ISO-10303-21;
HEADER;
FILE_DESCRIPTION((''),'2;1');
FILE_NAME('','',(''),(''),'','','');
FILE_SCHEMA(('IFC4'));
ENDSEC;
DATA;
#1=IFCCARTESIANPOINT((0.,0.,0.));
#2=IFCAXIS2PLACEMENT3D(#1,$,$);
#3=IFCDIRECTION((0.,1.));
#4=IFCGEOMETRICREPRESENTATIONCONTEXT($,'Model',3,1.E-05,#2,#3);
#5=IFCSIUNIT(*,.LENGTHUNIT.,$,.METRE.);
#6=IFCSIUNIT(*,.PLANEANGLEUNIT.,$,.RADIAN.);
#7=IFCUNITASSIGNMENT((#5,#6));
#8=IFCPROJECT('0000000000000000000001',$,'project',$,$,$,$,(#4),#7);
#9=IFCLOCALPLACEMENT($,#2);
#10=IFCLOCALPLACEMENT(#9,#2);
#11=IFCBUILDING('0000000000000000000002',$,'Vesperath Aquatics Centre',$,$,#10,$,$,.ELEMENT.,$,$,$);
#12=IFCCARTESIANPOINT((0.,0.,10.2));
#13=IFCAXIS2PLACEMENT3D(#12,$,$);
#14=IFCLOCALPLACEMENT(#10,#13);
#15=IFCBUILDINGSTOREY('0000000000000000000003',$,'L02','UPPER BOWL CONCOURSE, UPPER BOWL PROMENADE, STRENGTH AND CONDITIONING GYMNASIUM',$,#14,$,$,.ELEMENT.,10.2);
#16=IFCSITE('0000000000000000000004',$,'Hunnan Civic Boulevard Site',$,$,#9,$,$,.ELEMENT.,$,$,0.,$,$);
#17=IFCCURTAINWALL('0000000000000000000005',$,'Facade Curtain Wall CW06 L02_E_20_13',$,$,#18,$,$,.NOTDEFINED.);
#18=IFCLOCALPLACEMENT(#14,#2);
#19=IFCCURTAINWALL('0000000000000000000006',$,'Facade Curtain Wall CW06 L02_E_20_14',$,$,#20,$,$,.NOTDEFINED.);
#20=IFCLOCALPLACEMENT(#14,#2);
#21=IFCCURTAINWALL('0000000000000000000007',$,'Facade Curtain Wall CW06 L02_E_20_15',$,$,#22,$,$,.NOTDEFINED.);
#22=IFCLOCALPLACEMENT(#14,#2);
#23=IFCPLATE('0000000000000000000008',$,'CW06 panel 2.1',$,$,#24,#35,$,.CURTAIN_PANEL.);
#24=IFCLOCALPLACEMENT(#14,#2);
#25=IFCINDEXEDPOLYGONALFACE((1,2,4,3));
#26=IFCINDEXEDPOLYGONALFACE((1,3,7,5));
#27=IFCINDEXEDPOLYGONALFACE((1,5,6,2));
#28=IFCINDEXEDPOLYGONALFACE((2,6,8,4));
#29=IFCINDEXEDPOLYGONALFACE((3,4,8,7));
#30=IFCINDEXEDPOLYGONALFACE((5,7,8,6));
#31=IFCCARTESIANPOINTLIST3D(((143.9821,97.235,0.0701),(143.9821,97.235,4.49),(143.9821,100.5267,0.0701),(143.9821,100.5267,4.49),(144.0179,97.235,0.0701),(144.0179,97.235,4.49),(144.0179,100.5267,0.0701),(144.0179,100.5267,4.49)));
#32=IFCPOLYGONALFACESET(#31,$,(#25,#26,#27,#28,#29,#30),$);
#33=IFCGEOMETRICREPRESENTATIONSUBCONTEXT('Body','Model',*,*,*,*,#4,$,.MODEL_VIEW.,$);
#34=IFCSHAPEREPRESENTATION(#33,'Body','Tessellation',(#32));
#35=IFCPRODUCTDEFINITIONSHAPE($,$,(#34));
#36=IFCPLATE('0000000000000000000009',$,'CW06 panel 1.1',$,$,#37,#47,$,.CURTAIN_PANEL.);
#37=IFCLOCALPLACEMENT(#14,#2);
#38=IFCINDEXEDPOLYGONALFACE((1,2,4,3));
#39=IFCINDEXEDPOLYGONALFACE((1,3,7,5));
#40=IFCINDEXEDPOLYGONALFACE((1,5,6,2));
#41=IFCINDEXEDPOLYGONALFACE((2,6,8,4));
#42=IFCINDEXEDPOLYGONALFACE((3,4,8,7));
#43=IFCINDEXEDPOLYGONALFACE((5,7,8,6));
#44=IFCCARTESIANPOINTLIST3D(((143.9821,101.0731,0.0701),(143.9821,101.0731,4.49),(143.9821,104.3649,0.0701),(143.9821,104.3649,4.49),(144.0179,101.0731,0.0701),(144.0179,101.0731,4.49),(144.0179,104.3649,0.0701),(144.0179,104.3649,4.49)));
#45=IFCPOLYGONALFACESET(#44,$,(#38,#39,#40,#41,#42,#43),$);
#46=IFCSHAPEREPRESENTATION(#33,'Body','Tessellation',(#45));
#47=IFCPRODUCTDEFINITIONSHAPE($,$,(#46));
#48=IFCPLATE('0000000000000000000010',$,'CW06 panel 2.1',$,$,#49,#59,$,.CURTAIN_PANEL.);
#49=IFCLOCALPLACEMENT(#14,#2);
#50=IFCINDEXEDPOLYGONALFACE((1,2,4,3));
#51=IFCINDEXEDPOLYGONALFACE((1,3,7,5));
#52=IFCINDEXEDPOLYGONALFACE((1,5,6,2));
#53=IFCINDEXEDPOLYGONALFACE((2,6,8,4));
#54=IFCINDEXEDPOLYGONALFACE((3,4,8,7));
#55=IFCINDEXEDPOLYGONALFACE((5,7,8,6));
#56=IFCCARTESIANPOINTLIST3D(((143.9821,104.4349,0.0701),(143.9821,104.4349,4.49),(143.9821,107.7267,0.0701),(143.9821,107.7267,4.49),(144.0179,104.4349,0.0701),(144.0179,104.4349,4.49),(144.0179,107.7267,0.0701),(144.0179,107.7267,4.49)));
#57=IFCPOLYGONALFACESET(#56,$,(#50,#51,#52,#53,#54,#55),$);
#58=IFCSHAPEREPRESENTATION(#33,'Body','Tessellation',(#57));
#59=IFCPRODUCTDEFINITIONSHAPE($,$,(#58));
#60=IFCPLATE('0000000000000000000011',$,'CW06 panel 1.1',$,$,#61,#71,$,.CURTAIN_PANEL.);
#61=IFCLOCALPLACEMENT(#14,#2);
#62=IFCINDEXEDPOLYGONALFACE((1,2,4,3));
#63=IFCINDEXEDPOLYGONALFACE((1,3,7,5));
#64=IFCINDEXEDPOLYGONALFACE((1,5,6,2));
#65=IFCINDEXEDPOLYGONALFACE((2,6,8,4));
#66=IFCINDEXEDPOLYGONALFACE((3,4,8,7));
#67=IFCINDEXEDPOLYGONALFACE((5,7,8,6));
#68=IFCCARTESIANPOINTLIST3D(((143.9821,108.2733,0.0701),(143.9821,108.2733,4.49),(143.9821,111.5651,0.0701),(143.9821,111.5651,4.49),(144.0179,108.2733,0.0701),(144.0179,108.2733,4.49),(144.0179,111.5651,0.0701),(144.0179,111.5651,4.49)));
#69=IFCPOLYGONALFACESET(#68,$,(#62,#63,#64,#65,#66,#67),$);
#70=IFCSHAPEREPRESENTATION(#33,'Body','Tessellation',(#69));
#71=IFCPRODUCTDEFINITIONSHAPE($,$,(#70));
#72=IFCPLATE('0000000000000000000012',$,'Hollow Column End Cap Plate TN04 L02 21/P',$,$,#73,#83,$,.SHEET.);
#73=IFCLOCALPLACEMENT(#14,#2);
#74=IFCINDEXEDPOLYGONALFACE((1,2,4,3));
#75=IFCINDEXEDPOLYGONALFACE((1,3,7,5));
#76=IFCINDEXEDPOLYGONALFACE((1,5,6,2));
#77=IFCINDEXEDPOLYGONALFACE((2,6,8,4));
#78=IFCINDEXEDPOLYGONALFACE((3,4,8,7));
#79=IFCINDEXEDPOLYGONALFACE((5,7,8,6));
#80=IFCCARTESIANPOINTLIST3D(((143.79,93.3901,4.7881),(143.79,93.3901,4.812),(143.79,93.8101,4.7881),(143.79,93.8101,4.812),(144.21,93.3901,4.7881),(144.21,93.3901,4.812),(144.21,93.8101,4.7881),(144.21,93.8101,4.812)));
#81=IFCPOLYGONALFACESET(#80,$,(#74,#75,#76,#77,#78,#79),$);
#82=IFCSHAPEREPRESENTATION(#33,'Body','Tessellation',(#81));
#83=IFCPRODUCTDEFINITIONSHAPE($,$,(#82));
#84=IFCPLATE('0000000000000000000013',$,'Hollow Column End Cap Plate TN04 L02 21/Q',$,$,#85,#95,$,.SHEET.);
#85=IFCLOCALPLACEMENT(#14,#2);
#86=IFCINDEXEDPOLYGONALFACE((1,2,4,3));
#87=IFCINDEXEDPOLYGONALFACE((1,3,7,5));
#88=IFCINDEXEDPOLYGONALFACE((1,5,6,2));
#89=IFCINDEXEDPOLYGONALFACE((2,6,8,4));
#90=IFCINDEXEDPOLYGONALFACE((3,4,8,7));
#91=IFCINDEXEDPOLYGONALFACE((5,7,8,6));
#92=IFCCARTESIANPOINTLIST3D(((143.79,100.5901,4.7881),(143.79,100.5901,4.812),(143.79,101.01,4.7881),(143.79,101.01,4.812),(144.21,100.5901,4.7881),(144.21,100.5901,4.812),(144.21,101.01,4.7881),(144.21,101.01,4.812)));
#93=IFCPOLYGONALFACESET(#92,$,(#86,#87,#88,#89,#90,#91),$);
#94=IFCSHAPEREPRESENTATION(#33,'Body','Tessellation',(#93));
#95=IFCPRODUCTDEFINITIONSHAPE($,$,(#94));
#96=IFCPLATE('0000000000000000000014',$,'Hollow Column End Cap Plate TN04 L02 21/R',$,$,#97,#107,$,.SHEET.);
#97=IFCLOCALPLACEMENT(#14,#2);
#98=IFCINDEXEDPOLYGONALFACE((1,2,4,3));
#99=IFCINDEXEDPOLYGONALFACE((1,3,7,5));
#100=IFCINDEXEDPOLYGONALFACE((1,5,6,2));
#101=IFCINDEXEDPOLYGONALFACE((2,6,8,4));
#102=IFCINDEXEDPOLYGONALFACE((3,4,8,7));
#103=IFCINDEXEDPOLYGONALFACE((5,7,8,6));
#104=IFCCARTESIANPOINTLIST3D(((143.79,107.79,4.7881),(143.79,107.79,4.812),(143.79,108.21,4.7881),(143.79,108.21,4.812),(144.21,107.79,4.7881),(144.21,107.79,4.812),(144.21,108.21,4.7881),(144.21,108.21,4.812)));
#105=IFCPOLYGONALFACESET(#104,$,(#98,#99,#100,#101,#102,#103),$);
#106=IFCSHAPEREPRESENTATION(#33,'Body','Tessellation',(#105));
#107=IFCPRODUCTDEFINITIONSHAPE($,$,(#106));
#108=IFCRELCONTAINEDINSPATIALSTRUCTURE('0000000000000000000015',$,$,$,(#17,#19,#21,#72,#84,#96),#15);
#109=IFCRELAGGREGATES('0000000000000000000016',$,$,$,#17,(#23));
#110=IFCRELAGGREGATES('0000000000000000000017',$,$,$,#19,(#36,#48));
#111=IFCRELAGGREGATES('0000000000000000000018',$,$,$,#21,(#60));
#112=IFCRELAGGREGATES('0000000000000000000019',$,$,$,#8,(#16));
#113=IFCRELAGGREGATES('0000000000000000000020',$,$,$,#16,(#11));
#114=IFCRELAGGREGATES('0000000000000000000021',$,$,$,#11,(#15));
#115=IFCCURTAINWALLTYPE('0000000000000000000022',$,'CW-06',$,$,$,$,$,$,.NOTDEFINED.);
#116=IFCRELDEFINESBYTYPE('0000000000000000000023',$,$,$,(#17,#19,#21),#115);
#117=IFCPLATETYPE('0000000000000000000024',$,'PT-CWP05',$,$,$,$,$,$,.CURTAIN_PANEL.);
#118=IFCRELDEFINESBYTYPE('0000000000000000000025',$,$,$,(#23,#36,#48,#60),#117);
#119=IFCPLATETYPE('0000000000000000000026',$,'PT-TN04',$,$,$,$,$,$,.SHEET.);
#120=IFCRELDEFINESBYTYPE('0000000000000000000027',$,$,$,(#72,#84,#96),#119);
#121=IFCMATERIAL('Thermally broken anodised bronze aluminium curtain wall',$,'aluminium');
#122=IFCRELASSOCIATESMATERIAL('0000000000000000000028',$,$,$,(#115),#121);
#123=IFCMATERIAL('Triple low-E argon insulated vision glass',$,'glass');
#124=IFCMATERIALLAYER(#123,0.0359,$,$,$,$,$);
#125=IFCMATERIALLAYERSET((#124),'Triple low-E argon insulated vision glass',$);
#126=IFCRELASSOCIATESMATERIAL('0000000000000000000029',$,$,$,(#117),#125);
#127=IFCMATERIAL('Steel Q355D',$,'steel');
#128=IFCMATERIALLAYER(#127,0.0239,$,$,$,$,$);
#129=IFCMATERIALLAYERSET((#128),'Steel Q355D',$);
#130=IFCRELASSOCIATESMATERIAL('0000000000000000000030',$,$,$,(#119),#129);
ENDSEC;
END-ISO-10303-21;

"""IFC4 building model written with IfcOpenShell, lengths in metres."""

from ifc_helpers import new_model, si_unit, direction, frame, origin, origin_2d, place, context, subcontext, project, spatial, rectangle, extrude, material, layer, layer_set, type_object, element, aggregate, save


model = new_model("IFC4")

# Units and contexts
model_context = context("Model", 3, precision=1e-05, world=origin(), true_north=direction((0.0, 1.0)))
body_context = subcontext(model_context, "Body", "Model", "MODEL_VIEW")
ifc_project = project(units=[si_unit("LENGTHUNIT", "METRE"), si_unit("PLANEANGLEUNIT", "RADIAN")], contexts=[model_context])

# Site, building, storey
site_placement = place(None, origin())
site = spatial("IfcSite", under=ifc_project, at=site_placement, Name="Hunnan Civic Boulevard Site", CompositionType="ELEMENT", RefElevation=0.0)
building_placement = place(site_placement, origin())
building = spatial("IfcBuilding", under=site, at=building_placement, Name="Vesperath Aquatics Centre", CompositionType="ELEMENT")
storey_placement = place(building_placement, frame((0.0, 0.0, 10.2)))
storey = spatial("IfcBuildingStorey", under=building, at=storey_placement, Name="L02", Description="UPPER BOWL CONCOURSE, UPPER BOWL PROMENADE, STRENGTH AND CONDITIONING GYMNASIUM", CompositionType="ELEMENT", Elevation=10.2)

# Shared definitions
ifc_material_1 = material(Name="Steel Q355D", Category="steel")

# Curtain walls
ifc_material_2 = material(Name="Thermally broken anodised bronze aluminium curtain wall", Category="aluminium")
curtain_wall_type = type_object("IfcCurtainWallType", Name="CW-06", PredefinedType="NOTDEFINED", material=ifc_material_2)
curtain_wall_1_placement = place(storey_placement, origin())
curtain_wall_1 = element("IfcCurtainWall", 1, at=curtain_wall_1_placement, inside=storey, type_object=curtain_wall_type, Name="Facade Curtain Wall CW06 L02_E_20_13", PredefinedType="NOTDEFINED")
curtain_wall_2_placement = place(storey_placement, origin())
curtain_wall_2 = element("IfcCurtainWall", 2, at=curtain_wall_2_placement, inside=storey, type_object=curtain_wall_type, Name="Facade Curtain Wall CW06 L02_E_20_14", PredefinedType="NOTDEFINED")
curtain_wall_3_placement = place(storey_placement, origin())
curtain_wall_3 = element("IfcCurtainWall", 3, at=curtain_wall_3_placement, inside=storey, type_object=curtain_wall_type, Name="Facade Curtain Wall CW06 L02_E_20_15", PredefinedType="NOTDEFINED")

# Plates
ifc_material_3 = material(Name="Triple low-E argon insulated vision glass", Category="glass")
ifc_layer_1 = layer(ifc_material_3, 0.0359)
ifc_layer_set_1 = layer_set([ifc_layer_1], Name="Triple low-E argon insulated vision glass")
plate_type_1 = type_object("IfcPlateType", Name="PT-CWP05", PredefinedType="CURTAIN_PANEL", material=ifc_layer_set_1)
plate_1_placement = place(storey_placement, frame((144.0, 98.8809, 0.0701), z_axis=(0.0, 0.0, 1.0), x_axis=(0.0, 1.0, 0.0)))
plate_1 = element("IfcPlate", 4, at=plate_1_placement, type_object=plate_type_1, Name="CW06 panel 2.1", PredefinedType="CURTAIN_PANEL", context=body_context, shape_type="SweptSolid", body=[
    extrude(rectangle(XDim=3.2917, YDim=0.0359, at=origin_2d()), origin(), (0.0, 0.0, 1.0), 4.4199),
])
aggregate(curtain_wall_1, [plate_1])
plate_2_placement = place(storey_placement, frame((144.0, 102.719, 0.0701), z_axis=(0.0, 0.0, 1.0), x_axis=(0.0, 1.0, 0.0)))
plate_2 = element("IfcPlate", 5, at=plate_2_placement, type_object=plate_type_1, Name="CW06 panel 1.1", PredefinedType="CURTAIN_PANEL", context=body_context, shape_type="SweptSolid", body=[
    extrude(rectangle(XDim=3.2917, YDim=0.0359, at=origin_2d()), origin(), (0.0, 0.0, 1.0), 4.4199),
])
plate_3_placement = place(storey_placement, frame((144.0, 106.0808, 0.0701), z_axis=(0.0, 0.0, 1.0), x_axis=(0.0, 1.0, 0.0)))
plate_3 = element("IfcPlate", 6, at=plate_3_placement, type_object=plate_type_1, Name="CW06 panel 2.1", PredefinedType="CURTAIN_PANEL", context=body_context, shape_type="SweptSolid", body=[
    extrude(rectangle(XDim=3.2917, YDim=0.0359, at=origin_2d()), origin(), (0.0, 0.0, 1.0), 4.4199),
])
aggregate(curtain_wall_2, [plate_2, plate_3])
plate_4_placement = place(storey_placement, frame((144.0, 109.9192, 0.0701), z_axis=(0.0, 0.0, 1.0), x_axis=(0.0, 1.0, 0.0)))
plate_4 = element("IfcPlate", 7, at=plate_4_placement, type_object=plate_type_1, Name="CW06 panel 1.1", PredefinedType="CURTAIN_PANEL", context=body_context, shape_type="SweptSolid", body=[
    extrude(rectangle(XDim=3.2917, YDim=0.0359, at=origin_2d()), origin(), (0.0, 0.0, 1.0), 4.4199),
])
aggregate(curtain_wall_3, [plate_4])

# Plates
ifc_layer_2 = layer(ifc_material_1, 0.0239)
ifc_layer_set_2 = layer_set([ifc_layer_2], Name="Steel Q355D")
plate_type_2 = type_object("IfcPlateType", Name="PT-TN04", PredefinedType="SHEET", material=ifc_layer_set_2)
for number, where, z_axis, x_axis, name in (
    (8, (144.0, 93.6001, 4.7881), (0.0, 0.0, 1.0), (1.0, 0.0, 0.0), "Hollow Column End Cap Plate TN04 L02 21/P"),
    (9, (144.0, 100.8, 4.7881), (0.0, 0.0, 1.0), (1.0, 0.0, 0.0), "Hollow Column End Cap Plate TN04 L02 21/Q"),
    (10, (144.0, 108.0, 4.7881), (0.0, 0.0, 1.0), (1.0, 0.0, 0.0), "Hollow Column End Cap Plate TN04 L02 21/R"),
):
    element("IfcPlate", number, at=place(storey_placement, frame(where, z_axis=z_axis, x_axis=x_axis)), inside=storey, type_object=plate_type_2, Name=name, PredefinedType="SHEET", context=body_context, shape_type="SweptSolid", body=[
        extrude(rectangle(XDim=0.4199, YDim=0.4199, at=origin_2d()), origin(), (0.0, 0.0, 1.0), 0.0239),
    ])

save(model, "model.ifc")
